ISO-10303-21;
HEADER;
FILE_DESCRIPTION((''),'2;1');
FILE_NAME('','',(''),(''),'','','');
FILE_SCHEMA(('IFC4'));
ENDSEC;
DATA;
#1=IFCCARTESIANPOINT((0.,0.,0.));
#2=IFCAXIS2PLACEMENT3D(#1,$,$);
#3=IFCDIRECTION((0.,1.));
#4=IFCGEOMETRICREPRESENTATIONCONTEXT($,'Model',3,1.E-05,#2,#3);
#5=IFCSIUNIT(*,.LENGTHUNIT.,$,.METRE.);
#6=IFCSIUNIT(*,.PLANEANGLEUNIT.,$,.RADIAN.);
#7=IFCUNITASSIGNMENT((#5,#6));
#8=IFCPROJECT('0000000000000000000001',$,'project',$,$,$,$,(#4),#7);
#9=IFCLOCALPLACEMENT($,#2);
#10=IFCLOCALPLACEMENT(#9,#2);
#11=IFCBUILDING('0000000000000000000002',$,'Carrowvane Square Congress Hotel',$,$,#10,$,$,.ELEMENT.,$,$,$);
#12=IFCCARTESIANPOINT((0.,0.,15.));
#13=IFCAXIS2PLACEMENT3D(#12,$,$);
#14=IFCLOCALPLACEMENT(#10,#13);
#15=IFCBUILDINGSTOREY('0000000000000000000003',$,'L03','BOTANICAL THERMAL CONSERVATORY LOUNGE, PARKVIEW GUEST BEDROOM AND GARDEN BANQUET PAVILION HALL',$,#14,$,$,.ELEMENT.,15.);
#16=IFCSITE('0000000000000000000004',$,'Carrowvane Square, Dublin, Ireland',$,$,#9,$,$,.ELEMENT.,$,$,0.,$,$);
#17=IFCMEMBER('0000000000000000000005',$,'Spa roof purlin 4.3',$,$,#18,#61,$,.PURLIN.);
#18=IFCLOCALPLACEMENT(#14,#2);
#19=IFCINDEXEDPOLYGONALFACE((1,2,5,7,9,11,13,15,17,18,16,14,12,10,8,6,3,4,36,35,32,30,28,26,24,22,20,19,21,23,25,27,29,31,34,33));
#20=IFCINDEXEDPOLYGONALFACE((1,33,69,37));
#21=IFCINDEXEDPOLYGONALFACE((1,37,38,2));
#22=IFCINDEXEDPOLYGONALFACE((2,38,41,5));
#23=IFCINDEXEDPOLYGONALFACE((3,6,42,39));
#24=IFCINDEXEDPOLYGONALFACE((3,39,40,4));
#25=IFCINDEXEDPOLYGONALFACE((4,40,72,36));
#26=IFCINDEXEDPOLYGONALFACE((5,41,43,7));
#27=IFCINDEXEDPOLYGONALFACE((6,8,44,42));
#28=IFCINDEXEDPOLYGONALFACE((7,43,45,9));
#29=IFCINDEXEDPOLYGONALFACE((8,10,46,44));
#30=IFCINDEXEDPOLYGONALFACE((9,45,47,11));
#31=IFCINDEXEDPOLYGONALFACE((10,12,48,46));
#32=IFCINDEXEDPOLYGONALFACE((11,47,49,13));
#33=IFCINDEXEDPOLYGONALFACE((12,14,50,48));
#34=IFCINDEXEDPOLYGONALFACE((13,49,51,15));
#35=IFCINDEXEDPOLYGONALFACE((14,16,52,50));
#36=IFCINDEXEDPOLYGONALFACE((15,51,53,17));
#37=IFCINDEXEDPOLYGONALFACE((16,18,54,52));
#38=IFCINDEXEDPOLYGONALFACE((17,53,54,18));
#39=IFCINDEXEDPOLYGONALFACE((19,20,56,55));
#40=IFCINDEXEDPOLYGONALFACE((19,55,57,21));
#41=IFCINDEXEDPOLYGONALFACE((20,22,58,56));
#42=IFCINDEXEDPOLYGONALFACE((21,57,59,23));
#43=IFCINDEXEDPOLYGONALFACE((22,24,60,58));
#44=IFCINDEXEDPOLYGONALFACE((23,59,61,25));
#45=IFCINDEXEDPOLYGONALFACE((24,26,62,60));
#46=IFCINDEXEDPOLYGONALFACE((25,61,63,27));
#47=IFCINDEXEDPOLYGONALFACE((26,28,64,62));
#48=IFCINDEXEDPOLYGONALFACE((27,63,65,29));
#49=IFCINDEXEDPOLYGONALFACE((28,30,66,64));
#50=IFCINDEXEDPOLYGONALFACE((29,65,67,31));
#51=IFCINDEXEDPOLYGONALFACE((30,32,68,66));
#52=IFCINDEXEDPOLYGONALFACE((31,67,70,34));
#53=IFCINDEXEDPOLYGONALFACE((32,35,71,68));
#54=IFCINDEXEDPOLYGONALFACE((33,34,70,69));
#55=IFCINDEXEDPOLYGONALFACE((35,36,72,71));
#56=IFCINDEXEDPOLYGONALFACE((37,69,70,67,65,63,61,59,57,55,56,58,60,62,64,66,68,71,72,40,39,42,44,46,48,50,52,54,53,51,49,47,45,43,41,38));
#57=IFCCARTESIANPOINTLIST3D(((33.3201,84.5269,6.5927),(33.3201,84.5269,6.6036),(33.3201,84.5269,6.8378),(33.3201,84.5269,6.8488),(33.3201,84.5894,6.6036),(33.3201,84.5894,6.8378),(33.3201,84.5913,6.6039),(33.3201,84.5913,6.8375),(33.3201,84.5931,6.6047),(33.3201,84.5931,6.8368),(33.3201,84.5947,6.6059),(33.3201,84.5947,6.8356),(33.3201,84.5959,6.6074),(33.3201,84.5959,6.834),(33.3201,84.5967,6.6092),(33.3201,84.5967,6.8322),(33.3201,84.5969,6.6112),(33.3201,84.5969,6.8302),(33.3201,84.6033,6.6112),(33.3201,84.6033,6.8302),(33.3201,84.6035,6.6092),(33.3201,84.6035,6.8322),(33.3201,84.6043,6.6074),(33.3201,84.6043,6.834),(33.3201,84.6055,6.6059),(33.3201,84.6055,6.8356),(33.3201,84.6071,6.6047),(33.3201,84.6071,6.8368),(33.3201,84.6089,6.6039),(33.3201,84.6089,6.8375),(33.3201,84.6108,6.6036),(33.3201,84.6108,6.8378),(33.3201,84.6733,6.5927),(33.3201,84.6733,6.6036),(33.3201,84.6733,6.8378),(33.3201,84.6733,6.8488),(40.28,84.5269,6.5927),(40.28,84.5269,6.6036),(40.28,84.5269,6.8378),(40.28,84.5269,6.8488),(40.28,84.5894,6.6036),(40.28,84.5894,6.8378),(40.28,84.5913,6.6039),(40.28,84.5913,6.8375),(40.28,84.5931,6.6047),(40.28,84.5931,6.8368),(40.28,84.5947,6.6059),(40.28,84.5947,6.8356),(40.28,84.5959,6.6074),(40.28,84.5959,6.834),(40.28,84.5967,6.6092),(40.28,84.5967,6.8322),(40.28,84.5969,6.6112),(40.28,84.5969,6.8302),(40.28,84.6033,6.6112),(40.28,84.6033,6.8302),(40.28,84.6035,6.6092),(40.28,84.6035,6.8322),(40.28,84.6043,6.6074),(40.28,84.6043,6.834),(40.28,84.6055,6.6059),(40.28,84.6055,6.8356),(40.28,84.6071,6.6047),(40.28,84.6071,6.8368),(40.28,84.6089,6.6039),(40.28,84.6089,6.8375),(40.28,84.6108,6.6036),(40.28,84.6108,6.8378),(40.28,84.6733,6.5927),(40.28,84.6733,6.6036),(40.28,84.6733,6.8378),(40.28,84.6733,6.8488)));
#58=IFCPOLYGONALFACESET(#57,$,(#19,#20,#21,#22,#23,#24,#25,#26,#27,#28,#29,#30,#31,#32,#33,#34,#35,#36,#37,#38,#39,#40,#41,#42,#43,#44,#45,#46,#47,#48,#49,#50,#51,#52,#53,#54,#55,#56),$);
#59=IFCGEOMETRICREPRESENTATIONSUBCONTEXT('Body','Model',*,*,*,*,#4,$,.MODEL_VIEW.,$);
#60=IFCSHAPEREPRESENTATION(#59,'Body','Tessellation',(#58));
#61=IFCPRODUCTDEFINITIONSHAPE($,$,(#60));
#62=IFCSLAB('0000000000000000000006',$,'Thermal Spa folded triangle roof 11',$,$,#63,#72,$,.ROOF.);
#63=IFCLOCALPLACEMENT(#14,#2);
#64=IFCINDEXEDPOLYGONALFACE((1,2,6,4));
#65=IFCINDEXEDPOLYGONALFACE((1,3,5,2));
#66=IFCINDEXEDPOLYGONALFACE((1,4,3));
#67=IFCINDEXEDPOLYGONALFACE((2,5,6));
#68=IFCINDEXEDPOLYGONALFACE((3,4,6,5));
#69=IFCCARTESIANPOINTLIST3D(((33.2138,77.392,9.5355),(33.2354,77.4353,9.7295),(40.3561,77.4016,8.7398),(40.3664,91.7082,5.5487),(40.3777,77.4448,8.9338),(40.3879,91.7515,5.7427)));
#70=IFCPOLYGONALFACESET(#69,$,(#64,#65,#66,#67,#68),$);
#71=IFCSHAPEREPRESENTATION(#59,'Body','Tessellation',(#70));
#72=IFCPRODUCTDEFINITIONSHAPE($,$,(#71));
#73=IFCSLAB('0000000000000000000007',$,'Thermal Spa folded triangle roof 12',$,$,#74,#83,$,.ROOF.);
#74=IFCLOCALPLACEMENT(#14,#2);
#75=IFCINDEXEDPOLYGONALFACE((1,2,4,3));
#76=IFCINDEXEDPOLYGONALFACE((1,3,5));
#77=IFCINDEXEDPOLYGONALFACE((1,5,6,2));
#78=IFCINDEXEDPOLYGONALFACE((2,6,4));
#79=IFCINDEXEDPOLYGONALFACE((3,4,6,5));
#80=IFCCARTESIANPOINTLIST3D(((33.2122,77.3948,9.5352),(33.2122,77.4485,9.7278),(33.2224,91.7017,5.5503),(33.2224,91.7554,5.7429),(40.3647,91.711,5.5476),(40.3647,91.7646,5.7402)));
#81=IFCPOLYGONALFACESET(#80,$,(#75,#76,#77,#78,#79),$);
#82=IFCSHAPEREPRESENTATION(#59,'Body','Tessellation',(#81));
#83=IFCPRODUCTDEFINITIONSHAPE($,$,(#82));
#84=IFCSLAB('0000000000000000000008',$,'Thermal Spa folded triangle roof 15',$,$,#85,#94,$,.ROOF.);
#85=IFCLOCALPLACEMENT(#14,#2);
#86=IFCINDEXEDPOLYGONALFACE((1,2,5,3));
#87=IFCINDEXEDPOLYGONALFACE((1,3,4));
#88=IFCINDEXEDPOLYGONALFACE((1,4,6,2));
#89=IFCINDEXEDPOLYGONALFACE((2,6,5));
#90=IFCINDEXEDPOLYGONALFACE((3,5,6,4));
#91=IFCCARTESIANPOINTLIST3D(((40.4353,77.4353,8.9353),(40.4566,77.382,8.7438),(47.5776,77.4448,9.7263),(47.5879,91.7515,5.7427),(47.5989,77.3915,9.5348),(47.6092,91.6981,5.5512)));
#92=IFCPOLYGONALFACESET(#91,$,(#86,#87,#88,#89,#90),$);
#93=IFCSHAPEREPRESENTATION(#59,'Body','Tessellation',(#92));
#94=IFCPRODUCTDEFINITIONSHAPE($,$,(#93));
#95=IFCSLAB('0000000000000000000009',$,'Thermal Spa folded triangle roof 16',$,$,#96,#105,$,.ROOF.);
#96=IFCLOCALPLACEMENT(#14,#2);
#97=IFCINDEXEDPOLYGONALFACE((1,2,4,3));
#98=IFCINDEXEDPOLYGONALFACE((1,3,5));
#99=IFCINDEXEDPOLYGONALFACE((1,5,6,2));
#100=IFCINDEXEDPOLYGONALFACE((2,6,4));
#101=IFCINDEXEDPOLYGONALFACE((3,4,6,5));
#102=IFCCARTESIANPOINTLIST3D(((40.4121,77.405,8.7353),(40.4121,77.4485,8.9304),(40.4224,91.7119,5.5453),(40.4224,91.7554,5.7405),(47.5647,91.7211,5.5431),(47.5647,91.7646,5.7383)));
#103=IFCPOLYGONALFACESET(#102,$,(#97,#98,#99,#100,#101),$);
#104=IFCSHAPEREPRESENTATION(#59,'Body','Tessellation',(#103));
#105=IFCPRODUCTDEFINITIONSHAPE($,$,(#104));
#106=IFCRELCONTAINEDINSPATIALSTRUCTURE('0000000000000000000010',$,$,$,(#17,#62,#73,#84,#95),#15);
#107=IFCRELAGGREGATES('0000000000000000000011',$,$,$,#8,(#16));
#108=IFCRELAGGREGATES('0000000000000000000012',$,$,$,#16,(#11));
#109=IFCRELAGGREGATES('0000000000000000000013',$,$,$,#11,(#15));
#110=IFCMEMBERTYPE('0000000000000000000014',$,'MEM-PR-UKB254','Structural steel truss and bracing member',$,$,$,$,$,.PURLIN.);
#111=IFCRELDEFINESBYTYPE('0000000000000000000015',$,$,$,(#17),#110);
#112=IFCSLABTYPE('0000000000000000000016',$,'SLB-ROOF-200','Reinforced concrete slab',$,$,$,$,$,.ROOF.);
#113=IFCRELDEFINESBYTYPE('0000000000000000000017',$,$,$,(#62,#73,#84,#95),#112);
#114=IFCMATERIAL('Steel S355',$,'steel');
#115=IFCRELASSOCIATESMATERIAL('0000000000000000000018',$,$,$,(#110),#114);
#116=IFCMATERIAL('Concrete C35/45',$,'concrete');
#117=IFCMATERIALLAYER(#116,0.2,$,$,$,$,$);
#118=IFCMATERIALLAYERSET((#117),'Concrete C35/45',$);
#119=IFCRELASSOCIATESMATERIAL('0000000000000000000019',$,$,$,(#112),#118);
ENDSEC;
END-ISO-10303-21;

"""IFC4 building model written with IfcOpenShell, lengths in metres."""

from ifc_helpers import new_model, si_unit, direction, frame, origin, origin_2d, place, context, subcontext, project, spatial, polyline, i_section, outline, extrude, material, layer, layer_set, material_profile, profile_set, type_object, element, save


model = new_model("IFC4")

# Units and contexts
model_context = context("Model", 3, precision=1e-05, world=origin(), true_north=direction((0.0, 1.0)))
body_context = subcontext(model_context, "Body", "Model", "MODEL_VIEW")
ifc_project = project(units=[si_unit("LENGTHUNIT", "METRE"), si_unit("PLANEANGLEUNIT", "RADIAN")], contexts=[model_context])

# Site, building, storey
site_placement = place(None, origin())
site = spatial("IfcSite", under=ifc_project, at=site_placement, Name="Carrowvane Square, Dublin, Ireland", CompositionType="ELEMENT", RefElevation=0.0)
building_placement = place(site_placement, origin())
building = spatial("IfcBuilding", under=site, at=building_placement, Name="Carrowvane Square Congress Hotel", CompositionType="ELEMENT")
storey_placement = place(building_placement, frame((0.0, 0.0, 15.0)))
storey = spatial("IfcBuildingStorey", under=building, at=storey_placement, Name="L03", Description="BOTANICAL THERMAL CONSERVATORY LOUNGE, PARKVIEW GUEST BEDROOM AND GARDEN BANQUET PAVILION HALL", CompositionType="ELEMENT", Elevation=15.0)

# Member
ifc_material_1 = material(Name="Steel S355", Category="steel")
ifc_material_profile_1 = material_profile(ifc_material_1, i_section(OverallWidth=0.1465, OverallDepth=0.2561, WebThickness=0.0063, FlangeThickness=0.011, FilletRadius=0.0076, at=origin_2d()), Name="UKB 254x146x37")
ifc_profile_set_1 = profile_set([ifc_material_profile_1], Name="Steel S355")
member_type = type_object("IfcMemberType", Name="MEM-PR-UKB254", Description="Structural steel truss and bracing member", PredefinedType="PURLIN", material=ifc_profile_set_1)
for number, where, z_axis, x_axis, name in (
    (1, (33.3201, 84.6001, 6.7207), (1.0, 0.0, 0.0), (0.0, 1.0, 0.0), "Spa roof purlin 4.3"),
):
    element("IfcMember", number, at=place(storey_placement, frame(where, z_axis=z_axis, x_axis=x_axis)), inside=storey, type_object=member_type, Name=name, PredefinedType="PURLIN", context=body_context, shape_type="SweptSolid", body=[
        extrude(i_section(OverallWidth=0.1465, OverallDepth=0.2561, WebThickness=0.0063, FlangeThickness=0.011, FilletRadius=0.0076, at=origin_2d()), origin(), (0.0, 0.0, 1.0), 6.96),
    ])

# Slabs
ifc_material_2 = material(Name="Concrete C35/45", Category="concrete")
ifc_layer = layer(ifc_material_2, 0.2)
ifc_layer_set = layer_set([ifc_layer], Name="Concrete C35/45")
slab_type = type_object("IfcSlabType", Name="SLB-ROOF-200", Description="Reinforced concrete slab", PredefinedType="ROOF", material=ifc_layer_set)
slab_1_placement = place(storey_placement, frame((33.2354, 77.4353, 9.7295), z_axis=(0.107808, 0.216362, 0.970343), x_axis=(0.993851, 0.001325, -0.110715)))
element("IfcSlab", 2, at=slab_1_placement, inside=storey, type_object=slab_type, Name="Thermal Spa folded triangle roof 11", PredefinedType="ROOF", context=body_context, shape_type="SweptSolid", body=[
    extrude(outline(polyline([(0.0, 0.0), (7.1865, 0.0), (7.569, 14.6532), (0.0, 0.0)])), origin(), (0.0, 0.0, -1.0), 0.2),
])
slab_2_placement = place(storey_placement, frame((33.2122, 77.4485, 9.7278), z_axis=(0.000014, 0.268314, 0.963331), x_axis=(0.433679, 0.868025, -0.241775)))
element("IfcSlab", 3, at=slab_2_placement, inside=storey, type_object=slab_type, Name="Thermal Spa folded triangle roof 12", PredefinedType="ROOF", context=body_context, shape_type="SweptSolid", body=[
    extrude(outline(polyline([(0.0, 0.0), (16.4928, 0.0), (13.3866, 6.4315), (0.0, 0.0)])), origin(), (0.0, 0.0, -1.0), 0.2),
])
slab_3_placement = place(storey_placement, frame((40.4353, 77.4353, 8.9353), z_axis=(-0.106439, 0.266789, 0.957859), x_axis=(0.993922, 0.001325, 0.110077)))
element("IfcSlab", 4, at=slab_3_placement, inside=storey, type_object=slab_type, Name="Thermal Spa folded triangle roof 15", PredefinedType="ROOF", context=body_context, shape_type="SweptSolid", body=[
    extrude(outline(polyline([(0.0, 0.0), (7.186, 0.0), (6.7766, 14.8453), (0.0, 0.0)])), origin(), (0.0, 0.0, -1.0), 0.2),
])
slab_4_placement = place(storey_placement, frame((40.4121, 77.4485, 8.9304), z_axis=(0.000018, 0.217622, 0.976033), x_axis=(0.438305, 0.877283, -0.195612)))
element("IfcSlab", 5, at=slab_4_placement, inside=storey, type_object=slab_type, Name="Thermal Spa folded triangle roof 16", PredefinedType="ROOF", context=body_context, shape_type="SweptSolid", body=[
    extrude(outline(polyline([(0.0, 0.0), (16.3188, 0.0), (13.1797, 6.4155), (0.0, 0.0)])), origin(), (0.0, 0.0, -1.0), 0.2),
])

save(model, "model.ifc")
